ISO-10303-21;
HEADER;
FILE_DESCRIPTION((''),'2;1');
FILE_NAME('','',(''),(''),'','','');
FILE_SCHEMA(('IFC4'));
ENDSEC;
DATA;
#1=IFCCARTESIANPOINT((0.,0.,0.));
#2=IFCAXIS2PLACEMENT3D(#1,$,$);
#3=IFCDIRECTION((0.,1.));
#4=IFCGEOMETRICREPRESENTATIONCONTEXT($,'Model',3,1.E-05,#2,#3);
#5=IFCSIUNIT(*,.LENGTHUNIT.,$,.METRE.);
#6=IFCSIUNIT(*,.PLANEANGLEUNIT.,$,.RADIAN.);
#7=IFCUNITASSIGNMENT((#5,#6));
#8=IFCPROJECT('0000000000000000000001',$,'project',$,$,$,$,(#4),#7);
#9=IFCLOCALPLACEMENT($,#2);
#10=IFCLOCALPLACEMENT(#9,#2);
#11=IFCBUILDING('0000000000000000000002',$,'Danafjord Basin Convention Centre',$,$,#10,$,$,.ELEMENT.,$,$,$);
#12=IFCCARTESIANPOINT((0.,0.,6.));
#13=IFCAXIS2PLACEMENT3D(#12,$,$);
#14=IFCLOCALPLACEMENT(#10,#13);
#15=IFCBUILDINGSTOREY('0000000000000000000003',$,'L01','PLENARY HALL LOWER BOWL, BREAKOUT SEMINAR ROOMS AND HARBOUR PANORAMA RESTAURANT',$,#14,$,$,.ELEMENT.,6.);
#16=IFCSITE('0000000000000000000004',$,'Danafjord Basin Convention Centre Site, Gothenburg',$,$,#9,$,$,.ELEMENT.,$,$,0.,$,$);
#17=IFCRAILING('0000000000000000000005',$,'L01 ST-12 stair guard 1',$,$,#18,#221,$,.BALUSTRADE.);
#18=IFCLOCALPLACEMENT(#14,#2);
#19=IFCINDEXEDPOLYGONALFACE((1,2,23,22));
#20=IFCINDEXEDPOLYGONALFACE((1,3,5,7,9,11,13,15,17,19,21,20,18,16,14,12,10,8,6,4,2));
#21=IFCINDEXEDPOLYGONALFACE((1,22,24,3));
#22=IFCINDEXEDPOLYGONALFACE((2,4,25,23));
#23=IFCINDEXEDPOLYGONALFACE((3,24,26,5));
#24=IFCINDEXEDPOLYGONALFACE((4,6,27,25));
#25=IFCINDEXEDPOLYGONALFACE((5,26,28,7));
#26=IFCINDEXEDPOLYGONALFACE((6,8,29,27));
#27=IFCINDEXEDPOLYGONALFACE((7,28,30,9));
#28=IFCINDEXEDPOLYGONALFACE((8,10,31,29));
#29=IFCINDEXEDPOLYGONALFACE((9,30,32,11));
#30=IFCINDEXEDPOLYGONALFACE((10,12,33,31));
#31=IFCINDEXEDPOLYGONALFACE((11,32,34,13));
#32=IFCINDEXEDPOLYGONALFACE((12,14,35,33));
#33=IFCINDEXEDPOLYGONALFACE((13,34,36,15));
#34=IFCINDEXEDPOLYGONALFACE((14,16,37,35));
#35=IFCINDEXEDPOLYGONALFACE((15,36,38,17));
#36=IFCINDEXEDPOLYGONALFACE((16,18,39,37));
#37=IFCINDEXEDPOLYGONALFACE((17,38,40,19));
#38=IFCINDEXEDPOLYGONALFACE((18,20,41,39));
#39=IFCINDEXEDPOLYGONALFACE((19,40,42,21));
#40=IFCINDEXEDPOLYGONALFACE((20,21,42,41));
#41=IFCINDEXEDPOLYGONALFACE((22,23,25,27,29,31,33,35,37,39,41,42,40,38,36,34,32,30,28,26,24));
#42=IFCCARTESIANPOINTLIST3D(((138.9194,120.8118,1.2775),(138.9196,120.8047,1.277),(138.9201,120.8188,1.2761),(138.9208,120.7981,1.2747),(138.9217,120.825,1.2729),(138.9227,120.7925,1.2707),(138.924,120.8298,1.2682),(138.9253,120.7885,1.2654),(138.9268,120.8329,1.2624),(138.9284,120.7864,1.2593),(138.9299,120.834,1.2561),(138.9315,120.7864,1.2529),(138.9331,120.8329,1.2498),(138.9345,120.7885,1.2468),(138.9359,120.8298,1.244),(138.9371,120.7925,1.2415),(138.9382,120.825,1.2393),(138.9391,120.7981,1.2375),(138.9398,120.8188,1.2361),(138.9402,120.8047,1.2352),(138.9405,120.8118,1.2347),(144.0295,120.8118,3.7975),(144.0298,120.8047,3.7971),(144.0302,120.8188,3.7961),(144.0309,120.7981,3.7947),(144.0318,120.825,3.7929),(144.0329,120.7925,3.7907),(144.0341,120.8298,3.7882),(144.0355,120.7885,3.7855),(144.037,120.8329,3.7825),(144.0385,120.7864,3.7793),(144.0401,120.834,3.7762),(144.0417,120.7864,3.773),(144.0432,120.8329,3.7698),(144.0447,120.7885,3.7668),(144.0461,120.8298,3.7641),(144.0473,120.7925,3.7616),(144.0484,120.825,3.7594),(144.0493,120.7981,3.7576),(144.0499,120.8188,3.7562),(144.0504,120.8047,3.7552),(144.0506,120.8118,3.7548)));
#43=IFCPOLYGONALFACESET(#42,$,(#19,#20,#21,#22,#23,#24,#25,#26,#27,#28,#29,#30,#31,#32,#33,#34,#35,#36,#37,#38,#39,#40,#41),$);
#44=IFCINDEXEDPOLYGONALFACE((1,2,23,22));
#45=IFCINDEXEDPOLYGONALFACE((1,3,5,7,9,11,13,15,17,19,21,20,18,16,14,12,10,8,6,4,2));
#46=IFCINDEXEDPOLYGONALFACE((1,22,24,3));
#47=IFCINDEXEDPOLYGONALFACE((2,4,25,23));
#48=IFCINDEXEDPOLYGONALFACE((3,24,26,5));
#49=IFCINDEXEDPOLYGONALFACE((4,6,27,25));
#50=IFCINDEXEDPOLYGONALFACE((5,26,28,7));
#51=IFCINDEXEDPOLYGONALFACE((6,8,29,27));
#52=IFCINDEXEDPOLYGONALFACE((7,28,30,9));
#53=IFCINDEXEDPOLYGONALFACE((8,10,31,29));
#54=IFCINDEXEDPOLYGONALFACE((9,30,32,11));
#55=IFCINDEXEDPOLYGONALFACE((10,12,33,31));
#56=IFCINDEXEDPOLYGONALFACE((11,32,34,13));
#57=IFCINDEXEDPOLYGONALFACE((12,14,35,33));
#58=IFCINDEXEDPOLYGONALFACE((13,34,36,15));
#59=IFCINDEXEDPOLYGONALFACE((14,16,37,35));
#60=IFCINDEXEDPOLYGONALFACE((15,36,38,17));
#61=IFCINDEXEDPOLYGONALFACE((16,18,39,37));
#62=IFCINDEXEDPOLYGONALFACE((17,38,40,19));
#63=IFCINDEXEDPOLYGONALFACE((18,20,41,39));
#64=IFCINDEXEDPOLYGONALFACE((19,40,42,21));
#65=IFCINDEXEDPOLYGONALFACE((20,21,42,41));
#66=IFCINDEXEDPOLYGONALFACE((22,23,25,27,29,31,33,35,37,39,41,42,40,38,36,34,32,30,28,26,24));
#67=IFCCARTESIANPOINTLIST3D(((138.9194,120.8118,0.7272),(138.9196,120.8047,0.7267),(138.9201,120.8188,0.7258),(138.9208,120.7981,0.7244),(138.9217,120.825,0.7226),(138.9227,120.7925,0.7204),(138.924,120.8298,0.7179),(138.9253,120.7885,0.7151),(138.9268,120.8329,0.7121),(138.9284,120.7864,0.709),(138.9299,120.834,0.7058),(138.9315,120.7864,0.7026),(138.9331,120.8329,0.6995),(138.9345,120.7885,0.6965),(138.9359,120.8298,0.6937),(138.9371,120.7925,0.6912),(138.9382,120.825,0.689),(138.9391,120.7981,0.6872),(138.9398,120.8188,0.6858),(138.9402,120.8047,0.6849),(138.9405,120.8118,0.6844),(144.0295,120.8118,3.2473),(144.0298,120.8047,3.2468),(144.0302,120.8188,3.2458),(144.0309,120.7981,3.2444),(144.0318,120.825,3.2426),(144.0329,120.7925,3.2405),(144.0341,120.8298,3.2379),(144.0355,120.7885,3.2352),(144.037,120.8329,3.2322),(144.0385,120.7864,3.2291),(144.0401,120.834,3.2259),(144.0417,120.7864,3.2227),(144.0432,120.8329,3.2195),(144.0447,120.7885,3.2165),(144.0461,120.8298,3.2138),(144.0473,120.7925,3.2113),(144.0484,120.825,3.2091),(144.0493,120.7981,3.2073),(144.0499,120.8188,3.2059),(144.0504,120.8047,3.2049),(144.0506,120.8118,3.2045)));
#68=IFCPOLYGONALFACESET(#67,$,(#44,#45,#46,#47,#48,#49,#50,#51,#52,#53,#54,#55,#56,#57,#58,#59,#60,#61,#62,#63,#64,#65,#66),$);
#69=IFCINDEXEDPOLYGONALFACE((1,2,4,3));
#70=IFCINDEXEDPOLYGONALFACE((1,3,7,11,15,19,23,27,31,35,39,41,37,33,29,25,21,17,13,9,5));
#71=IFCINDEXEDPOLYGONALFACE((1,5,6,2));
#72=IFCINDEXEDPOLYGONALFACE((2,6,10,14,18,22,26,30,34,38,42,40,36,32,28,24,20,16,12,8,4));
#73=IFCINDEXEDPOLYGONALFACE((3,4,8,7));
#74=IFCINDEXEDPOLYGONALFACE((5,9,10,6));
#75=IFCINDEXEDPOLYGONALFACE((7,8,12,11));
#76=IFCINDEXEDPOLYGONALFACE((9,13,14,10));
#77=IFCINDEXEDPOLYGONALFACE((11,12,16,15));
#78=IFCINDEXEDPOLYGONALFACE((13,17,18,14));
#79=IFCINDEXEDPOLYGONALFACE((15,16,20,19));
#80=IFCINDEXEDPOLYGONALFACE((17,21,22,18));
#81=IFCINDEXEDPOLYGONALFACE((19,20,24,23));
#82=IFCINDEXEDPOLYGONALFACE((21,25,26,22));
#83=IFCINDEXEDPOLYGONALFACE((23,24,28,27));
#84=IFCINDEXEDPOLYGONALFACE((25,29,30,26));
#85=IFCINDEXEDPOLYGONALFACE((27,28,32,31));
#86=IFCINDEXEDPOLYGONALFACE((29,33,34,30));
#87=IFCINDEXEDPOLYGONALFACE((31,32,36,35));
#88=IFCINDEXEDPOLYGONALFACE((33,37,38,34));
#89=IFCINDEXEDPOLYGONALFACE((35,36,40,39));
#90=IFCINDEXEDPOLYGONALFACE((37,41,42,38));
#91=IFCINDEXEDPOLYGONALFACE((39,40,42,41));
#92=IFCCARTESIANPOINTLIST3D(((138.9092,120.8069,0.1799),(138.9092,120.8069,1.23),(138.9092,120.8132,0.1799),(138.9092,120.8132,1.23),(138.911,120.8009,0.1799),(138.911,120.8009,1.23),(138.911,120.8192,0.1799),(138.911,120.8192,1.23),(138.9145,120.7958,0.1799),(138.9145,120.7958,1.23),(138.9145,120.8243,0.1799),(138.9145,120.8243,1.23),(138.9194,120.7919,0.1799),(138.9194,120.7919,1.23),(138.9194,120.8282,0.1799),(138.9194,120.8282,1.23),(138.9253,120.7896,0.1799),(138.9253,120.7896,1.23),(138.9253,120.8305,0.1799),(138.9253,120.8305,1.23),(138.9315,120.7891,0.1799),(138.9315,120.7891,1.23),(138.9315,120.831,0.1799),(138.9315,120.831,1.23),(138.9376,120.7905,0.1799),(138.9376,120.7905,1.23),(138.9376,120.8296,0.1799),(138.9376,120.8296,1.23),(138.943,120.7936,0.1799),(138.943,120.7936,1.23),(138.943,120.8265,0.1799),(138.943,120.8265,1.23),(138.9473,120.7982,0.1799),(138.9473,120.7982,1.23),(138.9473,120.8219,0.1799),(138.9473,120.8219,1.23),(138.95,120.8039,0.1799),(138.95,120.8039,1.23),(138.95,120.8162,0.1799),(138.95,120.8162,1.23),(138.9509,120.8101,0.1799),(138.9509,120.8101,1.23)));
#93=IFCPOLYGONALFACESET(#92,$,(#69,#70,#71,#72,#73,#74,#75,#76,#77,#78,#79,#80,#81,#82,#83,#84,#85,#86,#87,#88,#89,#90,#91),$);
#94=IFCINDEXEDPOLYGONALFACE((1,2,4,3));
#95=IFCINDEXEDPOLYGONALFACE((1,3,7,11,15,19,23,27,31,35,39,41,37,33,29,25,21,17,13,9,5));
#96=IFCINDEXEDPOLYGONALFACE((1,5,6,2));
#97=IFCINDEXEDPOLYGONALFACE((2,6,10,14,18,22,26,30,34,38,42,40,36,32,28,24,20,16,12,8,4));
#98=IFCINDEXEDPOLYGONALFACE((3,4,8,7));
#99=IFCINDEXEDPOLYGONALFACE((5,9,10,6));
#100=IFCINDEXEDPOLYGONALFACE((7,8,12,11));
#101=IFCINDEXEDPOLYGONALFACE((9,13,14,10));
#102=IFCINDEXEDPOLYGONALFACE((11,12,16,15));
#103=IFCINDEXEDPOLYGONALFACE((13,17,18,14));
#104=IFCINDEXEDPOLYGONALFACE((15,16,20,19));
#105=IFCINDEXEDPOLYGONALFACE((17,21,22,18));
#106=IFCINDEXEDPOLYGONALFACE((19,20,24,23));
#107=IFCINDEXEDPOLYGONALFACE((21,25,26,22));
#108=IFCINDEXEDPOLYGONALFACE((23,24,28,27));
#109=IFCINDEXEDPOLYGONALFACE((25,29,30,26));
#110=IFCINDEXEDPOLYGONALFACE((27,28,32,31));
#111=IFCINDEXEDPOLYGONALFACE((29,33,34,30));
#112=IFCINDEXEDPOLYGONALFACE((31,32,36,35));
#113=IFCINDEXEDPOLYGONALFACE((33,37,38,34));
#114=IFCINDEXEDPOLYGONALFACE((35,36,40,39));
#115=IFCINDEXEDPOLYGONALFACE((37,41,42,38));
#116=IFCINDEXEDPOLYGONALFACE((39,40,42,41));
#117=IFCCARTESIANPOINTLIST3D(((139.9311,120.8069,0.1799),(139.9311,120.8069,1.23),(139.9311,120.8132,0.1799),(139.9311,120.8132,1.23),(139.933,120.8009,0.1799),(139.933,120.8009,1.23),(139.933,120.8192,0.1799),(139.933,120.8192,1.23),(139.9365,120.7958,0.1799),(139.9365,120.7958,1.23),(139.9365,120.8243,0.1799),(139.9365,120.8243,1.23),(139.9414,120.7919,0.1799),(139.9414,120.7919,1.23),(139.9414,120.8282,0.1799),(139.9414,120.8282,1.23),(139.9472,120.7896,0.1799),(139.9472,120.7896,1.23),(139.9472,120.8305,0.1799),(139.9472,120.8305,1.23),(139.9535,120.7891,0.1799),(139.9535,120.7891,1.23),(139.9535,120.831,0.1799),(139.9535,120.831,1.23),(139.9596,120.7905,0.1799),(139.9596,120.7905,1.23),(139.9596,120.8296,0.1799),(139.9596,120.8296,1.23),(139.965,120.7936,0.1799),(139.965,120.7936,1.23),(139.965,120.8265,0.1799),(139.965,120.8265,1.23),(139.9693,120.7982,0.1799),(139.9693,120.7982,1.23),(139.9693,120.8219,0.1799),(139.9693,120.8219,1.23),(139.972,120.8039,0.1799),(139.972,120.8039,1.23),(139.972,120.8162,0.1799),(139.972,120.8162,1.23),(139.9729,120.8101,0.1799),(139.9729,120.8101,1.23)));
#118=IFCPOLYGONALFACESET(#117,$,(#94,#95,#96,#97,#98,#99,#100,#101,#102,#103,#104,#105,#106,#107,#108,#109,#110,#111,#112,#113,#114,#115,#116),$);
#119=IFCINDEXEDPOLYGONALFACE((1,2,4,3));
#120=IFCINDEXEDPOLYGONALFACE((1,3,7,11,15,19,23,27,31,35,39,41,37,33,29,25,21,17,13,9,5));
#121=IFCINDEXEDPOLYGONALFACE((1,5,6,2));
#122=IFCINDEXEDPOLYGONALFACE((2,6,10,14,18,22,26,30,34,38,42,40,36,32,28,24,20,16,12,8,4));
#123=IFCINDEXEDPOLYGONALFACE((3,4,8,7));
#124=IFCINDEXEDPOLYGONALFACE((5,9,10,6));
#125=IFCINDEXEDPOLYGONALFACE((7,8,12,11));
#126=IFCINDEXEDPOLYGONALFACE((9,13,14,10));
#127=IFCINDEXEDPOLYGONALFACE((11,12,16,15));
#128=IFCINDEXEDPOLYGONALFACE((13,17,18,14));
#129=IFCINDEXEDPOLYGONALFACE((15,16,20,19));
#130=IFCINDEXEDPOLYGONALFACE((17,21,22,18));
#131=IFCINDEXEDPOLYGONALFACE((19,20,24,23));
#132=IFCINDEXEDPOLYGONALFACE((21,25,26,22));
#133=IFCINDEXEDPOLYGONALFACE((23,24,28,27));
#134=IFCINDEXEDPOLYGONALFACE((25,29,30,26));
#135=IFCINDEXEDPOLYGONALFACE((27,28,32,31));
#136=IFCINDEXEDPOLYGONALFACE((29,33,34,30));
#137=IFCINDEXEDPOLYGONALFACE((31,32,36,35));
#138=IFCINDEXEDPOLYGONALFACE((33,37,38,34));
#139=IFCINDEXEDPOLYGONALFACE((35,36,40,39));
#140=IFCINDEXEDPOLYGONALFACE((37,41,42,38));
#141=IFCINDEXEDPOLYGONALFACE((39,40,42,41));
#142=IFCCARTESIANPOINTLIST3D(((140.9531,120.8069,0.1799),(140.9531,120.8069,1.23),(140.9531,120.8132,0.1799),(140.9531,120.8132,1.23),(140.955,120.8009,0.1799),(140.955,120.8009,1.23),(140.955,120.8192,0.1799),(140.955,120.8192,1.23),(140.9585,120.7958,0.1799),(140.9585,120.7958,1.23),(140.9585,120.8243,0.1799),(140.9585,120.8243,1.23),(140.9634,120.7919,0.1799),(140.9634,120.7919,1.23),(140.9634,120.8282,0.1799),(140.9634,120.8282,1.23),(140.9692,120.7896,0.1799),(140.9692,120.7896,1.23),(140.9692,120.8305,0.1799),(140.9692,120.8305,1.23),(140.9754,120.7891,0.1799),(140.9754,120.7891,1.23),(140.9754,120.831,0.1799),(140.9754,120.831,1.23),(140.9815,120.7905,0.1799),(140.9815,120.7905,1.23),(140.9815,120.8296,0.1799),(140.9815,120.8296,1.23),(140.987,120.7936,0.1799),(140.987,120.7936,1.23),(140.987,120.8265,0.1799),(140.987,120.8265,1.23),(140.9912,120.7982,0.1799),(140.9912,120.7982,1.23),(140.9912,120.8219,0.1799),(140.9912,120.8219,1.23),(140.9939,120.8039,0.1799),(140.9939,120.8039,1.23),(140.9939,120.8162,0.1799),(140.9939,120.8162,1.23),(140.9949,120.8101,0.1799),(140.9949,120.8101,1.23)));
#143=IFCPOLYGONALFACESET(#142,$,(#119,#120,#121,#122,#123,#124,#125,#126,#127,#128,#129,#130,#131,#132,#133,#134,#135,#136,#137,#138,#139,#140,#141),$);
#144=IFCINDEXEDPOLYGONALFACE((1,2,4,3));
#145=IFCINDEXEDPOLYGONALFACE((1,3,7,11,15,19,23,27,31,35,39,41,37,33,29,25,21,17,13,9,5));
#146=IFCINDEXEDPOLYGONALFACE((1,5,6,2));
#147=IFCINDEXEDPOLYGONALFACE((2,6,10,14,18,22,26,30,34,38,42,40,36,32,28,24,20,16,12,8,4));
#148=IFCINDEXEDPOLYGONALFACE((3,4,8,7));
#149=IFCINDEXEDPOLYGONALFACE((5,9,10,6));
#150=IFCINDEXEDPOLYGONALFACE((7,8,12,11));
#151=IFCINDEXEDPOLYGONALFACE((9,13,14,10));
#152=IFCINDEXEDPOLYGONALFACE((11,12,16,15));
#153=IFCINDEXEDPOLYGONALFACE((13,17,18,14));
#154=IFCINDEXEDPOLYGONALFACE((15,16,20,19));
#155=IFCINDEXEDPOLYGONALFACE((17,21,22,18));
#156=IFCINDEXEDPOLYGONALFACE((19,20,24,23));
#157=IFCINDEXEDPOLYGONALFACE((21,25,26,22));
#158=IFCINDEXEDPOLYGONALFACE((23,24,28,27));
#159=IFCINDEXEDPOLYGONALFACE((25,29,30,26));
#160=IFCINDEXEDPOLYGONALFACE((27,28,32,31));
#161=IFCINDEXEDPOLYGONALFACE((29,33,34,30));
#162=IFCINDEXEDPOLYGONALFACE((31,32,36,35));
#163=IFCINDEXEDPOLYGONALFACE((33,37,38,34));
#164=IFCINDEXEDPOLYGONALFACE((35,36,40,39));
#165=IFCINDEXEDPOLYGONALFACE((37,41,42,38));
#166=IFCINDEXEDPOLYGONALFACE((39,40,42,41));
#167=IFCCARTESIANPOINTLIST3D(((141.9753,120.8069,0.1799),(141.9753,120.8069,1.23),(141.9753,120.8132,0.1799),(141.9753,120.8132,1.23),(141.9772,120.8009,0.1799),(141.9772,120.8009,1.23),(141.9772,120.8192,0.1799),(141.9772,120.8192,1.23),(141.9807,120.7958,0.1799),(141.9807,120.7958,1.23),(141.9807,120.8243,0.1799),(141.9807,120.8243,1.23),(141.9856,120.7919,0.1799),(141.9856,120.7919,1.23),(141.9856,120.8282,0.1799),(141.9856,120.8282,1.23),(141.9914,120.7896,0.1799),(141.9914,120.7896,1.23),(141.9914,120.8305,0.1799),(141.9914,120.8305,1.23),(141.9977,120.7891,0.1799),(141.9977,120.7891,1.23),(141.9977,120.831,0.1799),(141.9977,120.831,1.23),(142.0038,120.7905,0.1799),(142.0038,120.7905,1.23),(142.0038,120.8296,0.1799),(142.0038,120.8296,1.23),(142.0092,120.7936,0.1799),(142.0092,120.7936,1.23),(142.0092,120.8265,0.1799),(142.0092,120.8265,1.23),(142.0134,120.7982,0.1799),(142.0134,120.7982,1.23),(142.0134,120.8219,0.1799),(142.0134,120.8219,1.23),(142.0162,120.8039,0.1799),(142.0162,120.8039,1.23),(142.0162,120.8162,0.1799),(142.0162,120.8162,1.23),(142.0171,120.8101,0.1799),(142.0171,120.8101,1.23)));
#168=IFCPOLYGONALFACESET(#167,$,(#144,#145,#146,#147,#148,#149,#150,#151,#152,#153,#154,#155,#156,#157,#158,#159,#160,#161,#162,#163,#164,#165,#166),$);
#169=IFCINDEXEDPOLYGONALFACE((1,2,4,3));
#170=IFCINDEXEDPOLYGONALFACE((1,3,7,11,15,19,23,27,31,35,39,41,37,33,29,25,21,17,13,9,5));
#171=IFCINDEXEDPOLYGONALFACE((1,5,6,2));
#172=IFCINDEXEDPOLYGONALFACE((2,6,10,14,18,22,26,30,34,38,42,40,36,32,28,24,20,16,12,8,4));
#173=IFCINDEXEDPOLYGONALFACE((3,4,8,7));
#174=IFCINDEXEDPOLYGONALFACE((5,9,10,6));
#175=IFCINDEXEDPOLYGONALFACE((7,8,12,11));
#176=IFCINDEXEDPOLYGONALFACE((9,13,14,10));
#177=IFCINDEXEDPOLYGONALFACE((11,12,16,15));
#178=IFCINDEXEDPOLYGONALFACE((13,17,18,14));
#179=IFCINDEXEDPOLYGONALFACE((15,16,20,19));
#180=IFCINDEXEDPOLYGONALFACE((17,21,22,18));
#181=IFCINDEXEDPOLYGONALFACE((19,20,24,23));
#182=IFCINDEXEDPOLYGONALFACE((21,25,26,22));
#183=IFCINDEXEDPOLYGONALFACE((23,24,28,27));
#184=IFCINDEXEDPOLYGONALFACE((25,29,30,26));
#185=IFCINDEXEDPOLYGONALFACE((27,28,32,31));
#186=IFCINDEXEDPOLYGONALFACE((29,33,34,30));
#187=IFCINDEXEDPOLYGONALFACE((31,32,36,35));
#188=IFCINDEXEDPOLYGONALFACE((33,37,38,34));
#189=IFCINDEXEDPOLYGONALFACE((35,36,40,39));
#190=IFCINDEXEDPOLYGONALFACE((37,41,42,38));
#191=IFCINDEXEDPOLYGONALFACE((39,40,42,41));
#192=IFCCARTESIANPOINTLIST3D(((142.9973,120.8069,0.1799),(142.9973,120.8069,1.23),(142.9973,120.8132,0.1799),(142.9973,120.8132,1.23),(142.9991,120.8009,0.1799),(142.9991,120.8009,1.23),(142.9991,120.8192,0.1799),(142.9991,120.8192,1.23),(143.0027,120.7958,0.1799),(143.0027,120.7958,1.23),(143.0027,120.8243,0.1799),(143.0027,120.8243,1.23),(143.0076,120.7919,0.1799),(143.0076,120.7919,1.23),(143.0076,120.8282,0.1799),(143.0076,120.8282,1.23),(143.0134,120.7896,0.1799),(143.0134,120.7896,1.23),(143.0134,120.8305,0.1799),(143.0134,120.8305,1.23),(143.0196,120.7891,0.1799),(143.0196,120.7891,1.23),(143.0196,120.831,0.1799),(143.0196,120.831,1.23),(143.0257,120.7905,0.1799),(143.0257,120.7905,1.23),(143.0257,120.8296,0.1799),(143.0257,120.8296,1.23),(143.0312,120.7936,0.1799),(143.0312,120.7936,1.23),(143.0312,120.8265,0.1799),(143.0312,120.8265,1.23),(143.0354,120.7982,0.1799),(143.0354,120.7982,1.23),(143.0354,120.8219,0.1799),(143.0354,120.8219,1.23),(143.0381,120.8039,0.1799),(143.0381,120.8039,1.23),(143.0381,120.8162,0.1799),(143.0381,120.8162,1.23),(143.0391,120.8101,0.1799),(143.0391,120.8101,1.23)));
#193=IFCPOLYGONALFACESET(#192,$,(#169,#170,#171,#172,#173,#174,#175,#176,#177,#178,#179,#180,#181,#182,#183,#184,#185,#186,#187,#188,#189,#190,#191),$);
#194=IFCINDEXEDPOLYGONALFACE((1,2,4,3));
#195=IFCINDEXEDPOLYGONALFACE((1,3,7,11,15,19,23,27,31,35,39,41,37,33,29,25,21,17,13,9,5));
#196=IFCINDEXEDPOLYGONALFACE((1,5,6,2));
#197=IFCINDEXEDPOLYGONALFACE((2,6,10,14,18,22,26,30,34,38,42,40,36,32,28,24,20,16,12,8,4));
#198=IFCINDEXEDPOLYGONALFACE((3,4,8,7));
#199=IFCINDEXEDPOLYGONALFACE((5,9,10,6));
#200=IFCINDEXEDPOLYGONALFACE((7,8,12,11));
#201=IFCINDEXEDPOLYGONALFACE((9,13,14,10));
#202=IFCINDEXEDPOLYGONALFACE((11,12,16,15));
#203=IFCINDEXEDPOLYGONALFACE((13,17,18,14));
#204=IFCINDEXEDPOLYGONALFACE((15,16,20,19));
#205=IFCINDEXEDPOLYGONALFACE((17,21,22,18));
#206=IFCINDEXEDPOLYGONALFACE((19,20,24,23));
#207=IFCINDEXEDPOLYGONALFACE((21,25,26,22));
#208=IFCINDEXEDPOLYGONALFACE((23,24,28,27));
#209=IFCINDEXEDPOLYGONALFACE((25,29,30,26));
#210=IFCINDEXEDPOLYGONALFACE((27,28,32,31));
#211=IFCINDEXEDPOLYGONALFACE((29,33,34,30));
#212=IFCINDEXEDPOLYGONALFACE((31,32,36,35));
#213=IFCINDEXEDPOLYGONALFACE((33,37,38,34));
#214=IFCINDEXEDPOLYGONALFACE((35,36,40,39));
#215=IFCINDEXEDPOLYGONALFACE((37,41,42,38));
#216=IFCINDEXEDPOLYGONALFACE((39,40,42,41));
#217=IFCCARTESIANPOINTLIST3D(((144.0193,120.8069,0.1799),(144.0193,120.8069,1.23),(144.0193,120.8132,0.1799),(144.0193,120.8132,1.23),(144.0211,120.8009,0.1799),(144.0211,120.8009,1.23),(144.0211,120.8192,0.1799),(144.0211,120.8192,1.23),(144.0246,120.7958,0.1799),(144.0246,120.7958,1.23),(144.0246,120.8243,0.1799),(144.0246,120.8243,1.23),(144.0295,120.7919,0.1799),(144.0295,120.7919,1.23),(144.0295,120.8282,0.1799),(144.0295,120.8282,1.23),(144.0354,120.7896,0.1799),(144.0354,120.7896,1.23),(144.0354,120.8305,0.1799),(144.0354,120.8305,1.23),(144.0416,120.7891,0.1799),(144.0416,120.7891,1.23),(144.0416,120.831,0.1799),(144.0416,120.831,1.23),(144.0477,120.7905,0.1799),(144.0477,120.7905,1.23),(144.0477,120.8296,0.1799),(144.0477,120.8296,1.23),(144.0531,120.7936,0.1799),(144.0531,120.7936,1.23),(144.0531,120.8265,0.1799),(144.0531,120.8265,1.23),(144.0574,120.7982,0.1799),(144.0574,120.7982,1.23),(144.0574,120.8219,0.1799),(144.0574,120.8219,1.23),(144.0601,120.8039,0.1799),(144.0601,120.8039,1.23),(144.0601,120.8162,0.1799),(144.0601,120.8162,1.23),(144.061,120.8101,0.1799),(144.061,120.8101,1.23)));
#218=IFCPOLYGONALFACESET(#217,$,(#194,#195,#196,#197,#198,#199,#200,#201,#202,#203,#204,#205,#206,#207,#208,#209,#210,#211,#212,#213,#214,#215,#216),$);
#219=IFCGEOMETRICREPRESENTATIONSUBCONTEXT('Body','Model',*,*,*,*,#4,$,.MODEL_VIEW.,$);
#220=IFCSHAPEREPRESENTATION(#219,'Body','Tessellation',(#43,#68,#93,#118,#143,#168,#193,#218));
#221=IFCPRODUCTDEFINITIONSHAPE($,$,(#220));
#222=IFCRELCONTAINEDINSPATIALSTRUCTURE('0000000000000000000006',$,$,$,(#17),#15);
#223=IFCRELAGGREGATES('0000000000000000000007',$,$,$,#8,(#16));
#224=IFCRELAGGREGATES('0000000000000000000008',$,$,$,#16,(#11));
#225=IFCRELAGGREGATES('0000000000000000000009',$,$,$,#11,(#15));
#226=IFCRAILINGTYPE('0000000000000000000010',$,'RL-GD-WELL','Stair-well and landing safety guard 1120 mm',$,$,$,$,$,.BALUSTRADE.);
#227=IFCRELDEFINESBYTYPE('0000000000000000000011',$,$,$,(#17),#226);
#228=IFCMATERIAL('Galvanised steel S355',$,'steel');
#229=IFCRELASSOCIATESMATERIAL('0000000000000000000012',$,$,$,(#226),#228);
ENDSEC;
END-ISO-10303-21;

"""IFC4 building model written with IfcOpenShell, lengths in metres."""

from ifc_helpers import new_model, si_unit, direction, frame, origin, origin_2d, place, context, subcontext, project, spatial, circle, extrude, material, type_object, element, save


model = new_model("IFC4")

# Units and contexts
model_context = context("Model", 3, precision=1e-05, world=origin(), true_north=direction((0.0, 1.0)))
body_context = subcontext(model_context, "Body", "Model", "MODEL_VIEW")
ifc_project = project(units=[si_unit("LENGTHUNIT", "METRE"), si_unit("PLANEANGLEUNIT", "RADIAN")], contexts=[model_context])

# Site, building, storey
site_placement = place(None, origin())
site = spatial("IfcSite", under=ifc_project, at=site_placement, Name="Danafjord Basin Convention Centre Site, Gothenburg", CompositionType="ELEMENT", RefElevation=0.0)
building_placement = place(site_placement, origin())
building = spatial("IfcBuilding", under=site, at=building_placement, Name="Danafjord Basin Convention Centre", CompositionType="ELEMENT")
storey_placement = place(building_placement, frame((0.0, 0.0, 6.0)))
storey = spatial("IfcBuildingStorey", under=building, at=storey_placement, Name="L01", Description="PLENARY HALL LOWER BOWL, BREAKOUT SEMINAR ROOMS AND HARBOUR PANORAMA RESTAURANT", CompositionType="ELEMENT", Elevation=6.0)

# Railing
ifc_material_1 = material(Name="Galvanised steel S355", Category="steel")
railing_type_1 = type_object("IfcRailingType", Name="RL-GD-WELL", Description="Stair-well and landing safety guard 1120 mm", PredefinedType="BALUSTRADE", material=ifc_material_1)
railing_1_placement = place(storey_placement, frame((138.9299, 120.8101, 0.1799)))
element("IfcRailing", 1, at=railing_1_placement, inside=storey, type_object=railing_type_1, Name="L01 ST-12 stair guard 1", PredefinedType="BALUSTRADE", context=body_context, shape_type="SweptSolid", body=[
    extrude(circle(Radius=0.0239, at=origin_2d()), frame((0.0, 0.0, 1.0762), z_axis=(0.896873, 0.0, 0.442288), x_axis=(0.0, 1.0, 0.0)), (0.0, 0.0, 1.0), 5.6978),
    extrude(circle(Radius=0.0239, at=origin_2d()), frame((0.0, 0.0, 0.5259), z_axis=(0.896873, 0.0, 0.442288), x_axis=(0.0, 1.0, 0.0)), (0.0, 0.0, 1.0), 5.6978),
    extrude(circle(Radius=0.021, at=origin_2d()), origin(), (0.0, 0.0, 1.0), 1.05),
    extrude(circle(Radius=0.021, at=origin_2d()), frame((1.022, 0.0, 0.0)), (0.0, 0.0, 1.0), 1.05),
    extrude(circle(Radius=0.021, at=origin_2d()), frame((2.0439, 0.0, 0.0)), (0.0, 0.0, 1.0), 1.05),
    extrude(circle(Radius=0.021, at=origin_2d()), frame((3.0662, 0.0, 0.0)), (0.0, 0.0, 1.0), 1.05),
    extrude(circle(Radius=0.021, at=origin_2d()), frame((4.0881, 0.0, 0.0)), (0.0, 0.0, 1.0), 1.05),
    extrude(circle(Radius=0.021, at=origin_2d()), frame((5.1101, 0.0, 0.0)), (0.0, 0.0, 1.0), 1.05),
])

save(model, "model.ifc")
